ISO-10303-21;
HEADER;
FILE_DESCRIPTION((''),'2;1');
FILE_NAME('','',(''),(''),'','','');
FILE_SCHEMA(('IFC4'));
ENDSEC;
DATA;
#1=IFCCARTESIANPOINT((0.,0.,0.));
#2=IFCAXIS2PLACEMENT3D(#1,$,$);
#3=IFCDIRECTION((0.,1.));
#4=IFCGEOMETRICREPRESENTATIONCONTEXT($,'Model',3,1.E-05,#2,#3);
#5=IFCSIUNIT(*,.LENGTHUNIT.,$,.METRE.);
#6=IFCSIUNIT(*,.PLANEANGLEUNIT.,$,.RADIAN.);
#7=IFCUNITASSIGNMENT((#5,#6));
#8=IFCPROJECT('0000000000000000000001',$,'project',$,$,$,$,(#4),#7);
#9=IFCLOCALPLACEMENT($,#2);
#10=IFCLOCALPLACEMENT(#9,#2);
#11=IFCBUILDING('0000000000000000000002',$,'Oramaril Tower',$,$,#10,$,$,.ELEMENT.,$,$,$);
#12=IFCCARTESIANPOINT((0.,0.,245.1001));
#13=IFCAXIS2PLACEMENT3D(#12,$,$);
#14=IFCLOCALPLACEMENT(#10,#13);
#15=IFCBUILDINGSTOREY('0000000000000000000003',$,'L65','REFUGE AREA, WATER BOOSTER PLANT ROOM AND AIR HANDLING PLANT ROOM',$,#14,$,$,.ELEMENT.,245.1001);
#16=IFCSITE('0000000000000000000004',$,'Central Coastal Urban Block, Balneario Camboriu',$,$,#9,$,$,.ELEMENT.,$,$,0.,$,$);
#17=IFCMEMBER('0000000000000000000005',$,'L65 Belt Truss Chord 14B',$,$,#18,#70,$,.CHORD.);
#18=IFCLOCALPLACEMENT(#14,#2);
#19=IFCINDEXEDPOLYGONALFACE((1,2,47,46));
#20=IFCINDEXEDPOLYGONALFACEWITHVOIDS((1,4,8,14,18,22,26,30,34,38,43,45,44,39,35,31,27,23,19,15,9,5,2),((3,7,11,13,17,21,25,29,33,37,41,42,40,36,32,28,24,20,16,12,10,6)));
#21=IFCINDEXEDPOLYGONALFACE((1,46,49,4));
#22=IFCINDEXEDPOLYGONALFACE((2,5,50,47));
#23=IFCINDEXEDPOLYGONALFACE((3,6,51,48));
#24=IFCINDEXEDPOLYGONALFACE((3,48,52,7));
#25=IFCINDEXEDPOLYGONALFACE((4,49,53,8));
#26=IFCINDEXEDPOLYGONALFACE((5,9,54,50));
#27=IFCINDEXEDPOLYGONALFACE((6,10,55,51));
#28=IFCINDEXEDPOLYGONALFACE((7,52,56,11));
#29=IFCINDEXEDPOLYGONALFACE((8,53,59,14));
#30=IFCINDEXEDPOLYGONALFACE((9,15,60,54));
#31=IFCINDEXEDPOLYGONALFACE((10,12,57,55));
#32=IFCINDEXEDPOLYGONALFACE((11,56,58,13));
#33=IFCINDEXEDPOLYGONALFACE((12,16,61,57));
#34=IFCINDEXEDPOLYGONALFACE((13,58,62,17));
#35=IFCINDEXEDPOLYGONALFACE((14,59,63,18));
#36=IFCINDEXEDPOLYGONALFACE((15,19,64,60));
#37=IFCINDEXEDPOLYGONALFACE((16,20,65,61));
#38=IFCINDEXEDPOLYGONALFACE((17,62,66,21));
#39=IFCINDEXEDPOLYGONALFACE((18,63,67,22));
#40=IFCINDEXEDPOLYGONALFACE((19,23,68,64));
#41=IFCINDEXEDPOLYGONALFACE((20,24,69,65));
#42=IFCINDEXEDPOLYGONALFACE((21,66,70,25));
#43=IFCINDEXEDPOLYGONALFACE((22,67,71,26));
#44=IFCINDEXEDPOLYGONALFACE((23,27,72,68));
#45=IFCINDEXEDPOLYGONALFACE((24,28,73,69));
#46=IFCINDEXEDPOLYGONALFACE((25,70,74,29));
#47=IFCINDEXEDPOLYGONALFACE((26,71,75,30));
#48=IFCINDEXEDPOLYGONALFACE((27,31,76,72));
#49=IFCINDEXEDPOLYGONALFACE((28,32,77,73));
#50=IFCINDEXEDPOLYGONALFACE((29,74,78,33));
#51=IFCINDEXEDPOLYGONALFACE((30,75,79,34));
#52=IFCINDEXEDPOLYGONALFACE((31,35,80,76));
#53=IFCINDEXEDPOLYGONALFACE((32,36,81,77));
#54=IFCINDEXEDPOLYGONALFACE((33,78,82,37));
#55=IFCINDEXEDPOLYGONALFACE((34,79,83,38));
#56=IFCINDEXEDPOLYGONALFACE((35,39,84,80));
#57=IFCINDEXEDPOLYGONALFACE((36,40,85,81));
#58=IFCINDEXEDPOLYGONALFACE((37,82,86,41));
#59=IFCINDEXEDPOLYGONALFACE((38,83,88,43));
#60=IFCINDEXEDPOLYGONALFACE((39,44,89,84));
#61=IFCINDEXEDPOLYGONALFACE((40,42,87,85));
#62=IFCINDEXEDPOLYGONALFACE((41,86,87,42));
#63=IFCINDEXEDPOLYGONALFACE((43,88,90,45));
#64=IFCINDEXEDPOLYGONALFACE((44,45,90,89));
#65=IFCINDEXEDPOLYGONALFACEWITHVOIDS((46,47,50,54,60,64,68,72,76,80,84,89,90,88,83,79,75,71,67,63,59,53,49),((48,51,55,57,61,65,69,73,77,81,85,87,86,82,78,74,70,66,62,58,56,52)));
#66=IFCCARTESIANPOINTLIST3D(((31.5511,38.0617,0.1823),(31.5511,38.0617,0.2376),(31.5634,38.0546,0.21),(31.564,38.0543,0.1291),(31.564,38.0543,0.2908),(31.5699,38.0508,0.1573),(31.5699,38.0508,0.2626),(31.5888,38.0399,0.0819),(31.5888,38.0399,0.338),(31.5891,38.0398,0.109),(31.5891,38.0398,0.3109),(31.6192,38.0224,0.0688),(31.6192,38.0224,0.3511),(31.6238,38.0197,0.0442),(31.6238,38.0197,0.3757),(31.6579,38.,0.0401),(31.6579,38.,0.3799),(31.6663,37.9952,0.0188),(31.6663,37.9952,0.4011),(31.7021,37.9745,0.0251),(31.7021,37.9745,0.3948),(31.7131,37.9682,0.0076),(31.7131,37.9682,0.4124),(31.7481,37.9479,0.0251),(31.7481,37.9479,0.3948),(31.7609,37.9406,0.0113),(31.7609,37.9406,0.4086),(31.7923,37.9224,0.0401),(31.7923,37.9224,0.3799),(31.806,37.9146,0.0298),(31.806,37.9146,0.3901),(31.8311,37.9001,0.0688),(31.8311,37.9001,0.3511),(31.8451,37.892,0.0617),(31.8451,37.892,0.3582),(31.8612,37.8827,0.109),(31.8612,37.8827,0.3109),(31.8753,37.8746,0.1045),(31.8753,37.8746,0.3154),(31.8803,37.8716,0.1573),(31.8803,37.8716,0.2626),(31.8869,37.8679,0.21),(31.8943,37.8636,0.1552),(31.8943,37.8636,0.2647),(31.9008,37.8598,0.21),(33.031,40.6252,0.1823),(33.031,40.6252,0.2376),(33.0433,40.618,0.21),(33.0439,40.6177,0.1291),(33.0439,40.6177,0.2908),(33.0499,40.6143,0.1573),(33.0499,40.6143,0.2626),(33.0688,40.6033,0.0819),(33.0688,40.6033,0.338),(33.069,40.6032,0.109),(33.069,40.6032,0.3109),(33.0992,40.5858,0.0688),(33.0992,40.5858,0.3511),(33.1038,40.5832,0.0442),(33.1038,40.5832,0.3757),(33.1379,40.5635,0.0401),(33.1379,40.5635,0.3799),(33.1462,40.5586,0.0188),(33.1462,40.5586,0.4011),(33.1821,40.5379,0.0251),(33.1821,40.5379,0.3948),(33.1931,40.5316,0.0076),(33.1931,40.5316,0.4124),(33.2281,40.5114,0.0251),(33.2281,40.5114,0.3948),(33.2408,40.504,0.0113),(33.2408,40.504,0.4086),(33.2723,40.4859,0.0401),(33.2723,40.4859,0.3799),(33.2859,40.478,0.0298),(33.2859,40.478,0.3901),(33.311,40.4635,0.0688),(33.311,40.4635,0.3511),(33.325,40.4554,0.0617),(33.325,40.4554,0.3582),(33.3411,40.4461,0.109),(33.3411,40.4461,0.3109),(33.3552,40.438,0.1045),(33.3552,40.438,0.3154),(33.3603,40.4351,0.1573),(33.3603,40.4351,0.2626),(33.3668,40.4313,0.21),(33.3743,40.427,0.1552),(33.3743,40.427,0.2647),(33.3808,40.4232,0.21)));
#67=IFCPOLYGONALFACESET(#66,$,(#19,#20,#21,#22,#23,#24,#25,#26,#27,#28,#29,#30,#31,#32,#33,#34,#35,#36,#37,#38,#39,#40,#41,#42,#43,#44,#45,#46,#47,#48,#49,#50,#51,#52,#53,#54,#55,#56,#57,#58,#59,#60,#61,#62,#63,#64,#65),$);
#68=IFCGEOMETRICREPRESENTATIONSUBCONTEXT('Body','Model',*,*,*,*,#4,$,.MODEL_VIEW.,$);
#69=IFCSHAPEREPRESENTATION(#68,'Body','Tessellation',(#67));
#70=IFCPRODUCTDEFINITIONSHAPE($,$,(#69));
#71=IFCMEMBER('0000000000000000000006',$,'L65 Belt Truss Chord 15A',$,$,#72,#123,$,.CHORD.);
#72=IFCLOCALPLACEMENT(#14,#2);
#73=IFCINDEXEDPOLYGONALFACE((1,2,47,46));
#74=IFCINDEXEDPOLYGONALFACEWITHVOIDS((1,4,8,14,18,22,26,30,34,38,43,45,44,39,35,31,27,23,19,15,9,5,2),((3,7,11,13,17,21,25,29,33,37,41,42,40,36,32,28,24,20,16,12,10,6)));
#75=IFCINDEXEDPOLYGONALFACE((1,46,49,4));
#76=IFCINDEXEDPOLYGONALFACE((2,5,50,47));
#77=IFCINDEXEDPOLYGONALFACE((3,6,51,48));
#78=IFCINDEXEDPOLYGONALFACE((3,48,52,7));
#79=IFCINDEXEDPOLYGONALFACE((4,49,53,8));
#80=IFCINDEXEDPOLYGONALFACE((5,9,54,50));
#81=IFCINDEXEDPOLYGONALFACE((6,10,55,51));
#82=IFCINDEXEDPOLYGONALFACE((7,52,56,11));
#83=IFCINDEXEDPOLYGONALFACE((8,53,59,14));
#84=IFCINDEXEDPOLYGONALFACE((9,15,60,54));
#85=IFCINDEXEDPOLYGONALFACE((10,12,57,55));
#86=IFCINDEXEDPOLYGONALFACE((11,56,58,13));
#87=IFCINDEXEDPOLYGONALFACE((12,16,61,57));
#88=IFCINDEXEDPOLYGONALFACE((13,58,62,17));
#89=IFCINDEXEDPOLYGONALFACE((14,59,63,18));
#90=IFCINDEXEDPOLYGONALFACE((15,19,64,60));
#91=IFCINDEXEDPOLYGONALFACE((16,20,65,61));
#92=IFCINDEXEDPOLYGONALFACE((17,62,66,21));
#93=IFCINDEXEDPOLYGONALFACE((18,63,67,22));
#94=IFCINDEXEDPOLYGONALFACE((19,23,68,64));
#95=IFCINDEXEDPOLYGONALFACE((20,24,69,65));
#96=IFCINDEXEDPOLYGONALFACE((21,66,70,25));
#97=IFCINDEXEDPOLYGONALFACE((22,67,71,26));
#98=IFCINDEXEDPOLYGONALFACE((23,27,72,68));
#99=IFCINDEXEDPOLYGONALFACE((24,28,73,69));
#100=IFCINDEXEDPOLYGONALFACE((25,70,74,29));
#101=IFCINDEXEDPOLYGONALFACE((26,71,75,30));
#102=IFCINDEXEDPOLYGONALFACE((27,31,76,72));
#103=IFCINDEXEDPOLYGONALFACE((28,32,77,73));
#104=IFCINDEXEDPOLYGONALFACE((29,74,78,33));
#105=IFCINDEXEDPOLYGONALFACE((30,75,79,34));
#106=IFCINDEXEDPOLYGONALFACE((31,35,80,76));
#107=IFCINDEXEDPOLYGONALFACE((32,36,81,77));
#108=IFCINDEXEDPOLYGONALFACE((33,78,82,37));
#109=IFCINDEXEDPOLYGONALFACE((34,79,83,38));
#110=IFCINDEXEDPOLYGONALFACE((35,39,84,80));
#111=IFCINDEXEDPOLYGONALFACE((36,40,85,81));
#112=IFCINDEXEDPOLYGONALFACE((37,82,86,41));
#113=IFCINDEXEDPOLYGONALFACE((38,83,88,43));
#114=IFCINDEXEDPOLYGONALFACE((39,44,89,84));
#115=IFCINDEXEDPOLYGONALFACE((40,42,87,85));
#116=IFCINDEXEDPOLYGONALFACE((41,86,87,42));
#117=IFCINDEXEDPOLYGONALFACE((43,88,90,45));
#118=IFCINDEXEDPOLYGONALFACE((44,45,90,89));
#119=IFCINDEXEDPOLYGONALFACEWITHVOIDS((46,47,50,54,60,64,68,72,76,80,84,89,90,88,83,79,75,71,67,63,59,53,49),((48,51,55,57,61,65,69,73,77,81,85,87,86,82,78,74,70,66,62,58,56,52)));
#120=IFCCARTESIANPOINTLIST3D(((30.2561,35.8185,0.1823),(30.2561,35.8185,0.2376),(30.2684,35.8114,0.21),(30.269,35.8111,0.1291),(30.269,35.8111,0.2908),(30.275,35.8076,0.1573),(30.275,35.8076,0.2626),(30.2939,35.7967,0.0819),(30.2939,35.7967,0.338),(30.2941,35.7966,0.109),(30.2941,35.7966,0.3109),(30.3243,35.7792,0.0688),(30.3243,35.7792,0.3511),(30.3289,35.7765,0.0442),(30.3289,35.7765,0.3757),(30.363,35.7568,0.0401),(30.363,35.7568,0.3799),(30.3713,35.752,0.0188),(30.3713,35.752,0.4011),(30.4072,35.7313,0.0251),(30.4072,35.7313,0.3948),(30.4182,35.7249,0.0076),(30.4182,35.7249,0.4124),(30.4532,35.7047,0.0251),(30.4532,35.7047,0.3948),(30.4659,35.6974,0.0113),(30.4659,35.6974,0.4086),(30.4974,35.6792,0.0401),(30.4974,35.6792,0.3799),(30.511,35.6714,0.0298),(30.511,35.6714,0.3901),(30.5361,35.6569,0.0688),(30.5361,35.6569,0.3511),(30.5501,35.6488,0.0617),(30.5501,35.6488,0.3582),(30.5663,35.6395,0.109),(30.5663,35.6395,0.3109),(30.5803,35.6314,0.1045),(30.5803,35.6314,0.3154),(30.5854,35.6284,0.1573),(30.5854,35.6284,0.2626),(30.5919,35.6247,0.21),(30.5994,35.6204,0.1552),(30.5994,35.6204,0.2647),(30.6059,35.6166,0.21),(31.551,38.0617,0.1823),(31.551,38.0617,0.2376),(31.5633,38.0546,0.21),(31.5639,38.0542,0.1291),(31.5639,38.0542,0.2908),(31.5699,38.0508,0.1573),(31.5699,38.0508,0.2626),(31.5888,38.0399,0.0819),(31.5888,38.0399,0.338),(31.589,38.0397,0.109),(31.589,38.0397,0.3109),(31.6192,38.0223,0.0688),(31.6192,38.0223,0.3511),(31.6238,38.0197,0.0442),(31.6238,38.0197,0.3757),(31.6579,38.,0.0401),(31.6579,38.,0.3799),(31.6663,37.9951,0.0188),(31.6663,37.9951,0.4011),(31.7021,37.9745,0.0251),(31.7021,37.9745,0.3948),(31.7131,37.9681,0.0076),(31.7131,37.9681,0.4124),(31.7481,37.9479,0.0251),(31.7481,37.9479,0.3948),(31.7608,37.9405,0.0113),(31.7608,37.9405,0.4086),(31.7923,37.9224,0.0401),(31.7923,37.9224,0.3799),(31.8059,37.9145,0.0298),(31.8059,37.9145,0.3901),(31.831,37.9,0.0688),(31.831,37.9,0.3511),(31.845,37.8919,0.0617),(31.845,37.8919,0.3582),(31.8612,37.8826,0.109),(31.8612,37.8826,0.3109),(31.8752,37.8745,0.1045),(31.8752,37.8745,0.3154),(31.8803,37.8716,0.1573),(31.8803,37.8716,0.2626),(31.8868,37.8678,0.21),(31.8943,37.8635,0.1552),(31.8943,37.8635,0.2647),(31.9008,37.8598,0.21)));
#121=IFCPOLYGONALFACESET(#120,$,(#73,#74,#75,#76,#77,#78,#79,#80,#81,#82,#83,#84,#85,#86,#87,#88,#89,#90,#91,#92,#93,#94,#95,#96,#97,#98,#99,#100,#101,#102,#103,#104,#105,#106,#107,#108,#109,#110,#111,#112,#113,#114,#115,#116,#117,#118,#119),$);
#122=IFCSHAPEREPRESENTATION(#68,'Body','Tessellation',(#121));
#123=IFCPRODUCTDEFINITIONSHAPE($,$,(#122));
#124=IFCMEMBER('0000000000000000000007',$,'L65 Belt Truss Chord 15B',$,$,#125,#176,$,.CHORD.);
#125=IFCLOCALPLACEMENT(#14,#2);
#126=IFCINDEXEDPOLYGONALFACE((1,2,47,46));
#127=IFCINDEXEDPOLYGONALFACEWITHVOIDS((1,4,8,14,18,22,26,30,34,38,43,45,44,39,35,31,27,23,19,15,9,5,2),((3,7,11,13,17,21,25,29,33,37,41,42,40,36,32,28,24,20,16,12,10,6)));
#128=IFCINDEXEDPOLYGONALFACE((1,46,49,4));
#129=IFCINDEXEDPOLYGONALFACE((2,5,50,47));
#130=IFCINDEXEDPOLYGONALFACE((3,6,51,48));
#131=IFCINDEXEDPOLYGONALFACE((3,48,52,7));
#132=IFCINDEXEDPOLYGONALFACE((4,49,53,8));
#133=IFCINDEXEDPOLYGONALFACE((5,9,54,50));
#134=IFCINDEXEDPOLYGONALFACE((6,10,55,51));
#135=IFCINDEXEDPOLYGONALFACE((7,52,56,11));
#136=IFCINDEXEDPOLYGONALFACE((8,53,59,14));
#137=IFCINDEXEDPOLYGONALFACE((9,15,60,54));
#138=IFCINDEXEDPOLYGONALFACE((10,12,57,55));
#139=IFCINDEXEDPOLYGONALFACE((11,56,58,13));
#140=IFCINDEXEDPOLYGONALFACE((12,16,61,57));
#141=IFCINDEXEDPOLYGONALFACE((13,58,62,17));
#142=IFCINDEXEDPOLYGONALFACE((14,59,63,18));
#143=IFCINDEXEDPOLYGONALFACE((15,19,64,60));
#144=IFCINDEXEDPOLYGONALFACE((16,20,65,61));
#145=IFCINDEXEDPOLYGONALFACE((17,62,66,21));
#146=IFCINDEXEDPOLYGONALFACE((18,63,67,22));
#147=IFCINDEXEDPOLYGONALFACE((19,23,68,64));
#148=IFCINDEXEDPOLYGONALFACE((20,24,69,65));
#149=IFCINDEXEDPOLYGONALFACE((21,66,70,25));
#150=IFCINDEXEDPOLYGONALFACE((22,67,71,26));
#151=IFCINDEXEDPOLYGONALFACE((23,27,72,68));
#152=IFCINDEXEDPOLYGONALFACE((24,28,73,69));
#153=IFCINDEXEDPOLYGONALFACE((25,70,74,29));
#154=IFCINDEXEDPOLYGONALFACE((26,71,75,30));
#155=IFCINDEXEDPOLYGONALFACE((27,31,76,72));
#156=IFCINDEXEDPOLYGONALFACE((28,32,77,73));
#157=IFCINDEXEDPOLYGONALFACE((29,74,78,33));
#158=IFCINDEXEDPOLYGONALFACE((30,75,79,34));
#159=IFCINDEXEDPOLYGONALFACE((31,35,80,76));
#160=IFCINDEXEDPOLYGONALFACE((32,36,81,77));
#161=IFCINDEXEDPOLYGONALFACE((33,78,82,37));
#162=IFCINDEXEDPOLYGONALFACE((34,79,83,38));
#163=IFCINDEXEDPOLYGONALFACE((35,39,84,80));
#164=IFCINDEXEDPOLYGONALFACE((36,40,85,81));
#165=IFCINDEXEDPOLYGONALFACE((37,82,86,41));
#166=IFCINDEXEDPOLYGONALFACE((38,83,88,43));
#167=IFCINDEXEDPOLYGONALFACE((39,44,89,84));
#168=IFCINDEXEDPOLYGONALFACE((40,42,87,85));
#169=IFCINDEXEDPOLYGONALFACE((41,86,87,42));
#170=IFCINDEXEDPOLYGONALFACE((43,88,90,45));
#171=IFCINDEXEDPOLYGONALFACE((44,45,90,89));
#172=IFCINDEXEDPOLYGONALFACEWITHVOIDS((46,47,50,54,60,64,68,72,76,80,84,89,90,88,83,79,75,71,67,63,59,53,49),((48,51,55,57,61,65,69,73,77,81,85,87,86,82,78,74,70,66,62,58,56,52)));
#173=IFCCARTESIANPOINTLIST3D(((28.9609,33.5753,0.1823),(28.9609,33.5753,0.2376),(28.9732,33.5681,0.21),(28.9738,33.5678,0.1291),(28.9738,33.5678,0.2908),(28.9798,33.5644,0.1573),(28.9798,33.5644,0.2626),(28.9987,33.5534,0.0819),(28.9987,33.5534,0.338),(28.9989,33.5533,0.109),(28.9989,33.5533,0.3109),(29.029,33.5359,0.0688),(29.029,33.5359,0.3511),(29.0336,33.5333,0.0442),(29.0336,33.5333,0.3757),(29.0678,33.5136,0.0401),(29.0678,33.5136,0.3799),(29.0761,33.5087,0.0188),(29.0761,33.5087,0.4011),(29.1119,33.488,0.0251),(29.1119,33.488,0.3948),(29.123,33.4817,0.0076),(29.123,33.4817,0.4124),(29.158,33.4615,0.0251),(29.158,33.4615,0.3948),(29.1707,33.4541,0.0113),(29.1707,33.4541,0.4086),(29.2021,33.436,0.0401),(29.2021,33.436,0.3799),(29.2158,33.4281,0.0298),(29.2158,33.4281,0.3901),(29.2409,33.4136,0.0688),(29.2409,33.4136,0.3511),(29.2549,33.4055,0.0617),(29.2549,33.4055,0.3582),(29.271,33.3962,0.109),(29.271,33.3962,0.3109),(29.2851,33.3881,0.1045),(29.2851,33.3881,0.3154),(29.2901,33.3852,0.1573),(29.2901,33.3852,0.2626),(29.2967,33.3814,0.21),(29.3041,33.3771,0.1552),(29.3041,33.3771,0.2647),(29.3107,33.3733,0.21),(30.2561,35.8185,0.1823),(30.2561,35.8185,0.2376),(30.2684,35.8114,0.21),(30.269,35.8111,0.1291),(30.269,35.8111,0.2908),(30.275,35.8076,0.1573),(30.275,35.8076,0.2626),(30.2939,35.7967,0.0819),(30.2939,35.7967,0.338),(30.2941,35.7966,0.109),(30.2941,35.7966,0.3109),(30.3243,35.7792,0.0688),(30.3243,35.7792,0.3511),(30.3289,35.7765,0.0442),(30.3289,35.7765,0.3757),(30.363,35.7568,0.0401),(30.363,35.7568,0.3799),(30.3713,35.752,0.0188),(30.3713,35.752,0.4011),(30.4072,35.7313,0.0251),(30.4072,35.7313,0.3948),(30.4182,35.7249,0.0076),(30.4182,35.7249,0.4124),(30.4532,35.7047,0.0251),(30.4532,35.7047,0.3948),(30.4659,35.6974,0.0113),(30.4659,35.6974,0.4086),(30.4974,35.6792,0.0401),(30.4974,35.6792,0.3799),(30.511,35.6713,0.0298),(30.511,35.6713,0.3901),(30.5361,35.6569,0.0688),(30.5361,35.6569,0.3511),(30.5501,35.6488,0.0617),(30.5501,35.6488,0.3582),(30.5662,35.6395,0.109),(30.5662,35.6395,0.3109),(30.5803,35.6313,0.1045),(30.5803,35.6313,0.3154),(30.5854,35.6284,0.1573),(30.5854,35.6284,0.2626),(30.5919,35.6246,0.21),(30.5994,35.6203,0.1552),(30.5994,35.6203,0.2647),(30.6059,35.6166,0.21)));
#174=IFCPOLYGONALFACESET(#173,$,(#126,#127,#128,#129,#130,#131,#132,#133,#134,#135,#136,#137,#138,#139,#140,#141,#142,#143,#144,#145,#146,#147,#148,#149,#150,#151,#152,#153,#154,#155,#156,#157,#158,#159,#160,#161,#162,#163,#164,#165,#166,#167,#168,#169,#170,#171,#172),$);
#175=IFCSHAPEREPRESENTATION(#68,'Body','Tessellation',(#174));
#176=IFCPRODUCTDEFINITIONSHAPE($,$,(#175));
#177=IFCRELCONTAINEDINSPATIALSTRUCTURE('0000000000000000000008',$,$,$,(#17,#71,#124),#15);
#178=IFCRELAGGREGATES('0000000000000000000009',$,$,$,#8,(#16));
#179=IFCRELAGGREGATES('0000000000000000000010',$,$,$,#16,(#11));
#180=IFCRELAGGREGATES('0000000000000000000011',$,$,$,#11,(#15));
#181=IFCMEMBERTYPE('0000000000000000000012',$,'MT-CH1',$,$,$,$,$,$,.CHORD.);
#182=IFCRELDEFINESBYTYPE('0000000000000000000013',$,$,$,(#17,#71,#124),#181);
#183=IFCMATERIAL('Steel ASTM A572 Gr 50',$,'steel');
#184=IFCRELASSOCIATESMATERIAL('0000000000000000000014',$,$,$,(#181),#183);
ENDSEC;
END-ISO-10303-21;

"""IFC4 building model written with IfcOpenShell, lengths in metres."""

from ifc_helpers import new_model, si_unit, direction, frame, origin, origin_2d, place, context, subcontext, project, spatial, hollow_circle, extrude, material, material_profile, profile_set, type_object, element, save


model = new_model("IFC4")

# Units and contexts
model_context = context("Model", 3, precision=1e-05, world=origin(), true_north=direction((0.0, 1.0)))
body_context = subcontext(model_context, "Body", "Model", "MODEL_VIEW")
ifc_project = project(units=[si_unit("LENGTHUNIT", "METRE"), si_unit("PLANEANGLEUNIT", "RADIAN")], contexts=[model_context])

# Site, building, storey
site_placement = place(None, origin())
site = spatial("IfcSite", under=ifc_project, at=site_placement, Name="Central Coastal Urban Block, Balneario Camboriu", CompositionType="ELEMENT", RefElevation=0.0)
building_placement = place(site_placement, origin())
building = spatial("IfcBuilding", under=site, at=building_placement, Name="Oramaril Tower", CompositionType="ELEMENT")
storey_placement = place(building_placement, frame((0.0, 0.0, 245.1001)))
storey = spatial("IfcBuildingStorey", under=building, at=storey_placement, Name="L65", Description="REFUGE AREA, WATER BOOSTER PLANT ROOM AND AIR HANDLING PLANT ROOM", CompositionType="ELEMENT", Elevation=245.1001)

# Members
ifc_material_1 = material(Name="Steel ASTM A572 Gr 50", Category="steel")
ifc_material_profile_1 = material_profile(ifc_material_1, hollow_circle(Radius=0.2029, WallThickness=0.0161, at=origin_2d()), Name="CHS406X16")
ifc_profile_set_1 = profile_set([ifc_material_profile_1], Name="Steel ASTM A572 Gr 50")
member_type_1 = type_object("IfcMemberType", Name="MT-CH1", PredefinedType="CHORD", material=ifc_profile_set_1)
member_1_placement = place(storey_placement, frame((33.2051, 40.5247, 0.21), z_axis=(-0.499989, -0.866032, 0.0), x_axis=(0.866032, -0.499989, 0.0)))
element("IfcMember", 1, at=member_1_placement, inside=storey, type_object=member_type_1, Name="L65 Belt Truss Chord 14B", PredefinedType="CHORD", context=body_context, shape_type="SweptSolid", body=[
    extrude(hollow_circle(Radius=0.2029, WallThickness=0.0161, at=origin_2d()), origin(), (0.0, 0.0, 1.0), 2.96),
])
member_2_placement = place(storey_placement, frame((31.7251, 37.9612, 0.21), z_axis=(-0.499951, -0.866054, 0.0), x_axis=(0.866054, -0.499951, 0.0)))
element("IfcMember", 2, at=member_2_placement, inside=storey, type_object=member_type_1, Name="L65 Belt Truss Chord 15A", PredefinedType="CHORD", context=body_context, shape_type="SweptSolid", body=[
    extrude(hollow_circle(Radius=0.2029, WallThickness=0.0161, at=origin_2d()), origin(), (0.0, 0.0, 1.0), 2.5901),
])
member_3_placement = place(storey_placement, frame((30.4302, 35.718, 0.21), z_axis=(-0.500022, -0.866013, 0.0), x_axis=(0.866013, -0.500022, 0.0)))
element("IfcMember", 3, at=member_3_placement, inside=storey, type_object=member_type_1, Name="L65 Belt Truss Chord 15B", PredefinedType="CHORD", context=body_context, shape_type="SweptSolid", body=[
    extrude(hollow_circle(Radius=0.2029, WallThickness=0.0161, at=origin_2d()), origin(), (0.0, 0.0, 1.0), 2.5903),
])

save(model, "model.ifc")
